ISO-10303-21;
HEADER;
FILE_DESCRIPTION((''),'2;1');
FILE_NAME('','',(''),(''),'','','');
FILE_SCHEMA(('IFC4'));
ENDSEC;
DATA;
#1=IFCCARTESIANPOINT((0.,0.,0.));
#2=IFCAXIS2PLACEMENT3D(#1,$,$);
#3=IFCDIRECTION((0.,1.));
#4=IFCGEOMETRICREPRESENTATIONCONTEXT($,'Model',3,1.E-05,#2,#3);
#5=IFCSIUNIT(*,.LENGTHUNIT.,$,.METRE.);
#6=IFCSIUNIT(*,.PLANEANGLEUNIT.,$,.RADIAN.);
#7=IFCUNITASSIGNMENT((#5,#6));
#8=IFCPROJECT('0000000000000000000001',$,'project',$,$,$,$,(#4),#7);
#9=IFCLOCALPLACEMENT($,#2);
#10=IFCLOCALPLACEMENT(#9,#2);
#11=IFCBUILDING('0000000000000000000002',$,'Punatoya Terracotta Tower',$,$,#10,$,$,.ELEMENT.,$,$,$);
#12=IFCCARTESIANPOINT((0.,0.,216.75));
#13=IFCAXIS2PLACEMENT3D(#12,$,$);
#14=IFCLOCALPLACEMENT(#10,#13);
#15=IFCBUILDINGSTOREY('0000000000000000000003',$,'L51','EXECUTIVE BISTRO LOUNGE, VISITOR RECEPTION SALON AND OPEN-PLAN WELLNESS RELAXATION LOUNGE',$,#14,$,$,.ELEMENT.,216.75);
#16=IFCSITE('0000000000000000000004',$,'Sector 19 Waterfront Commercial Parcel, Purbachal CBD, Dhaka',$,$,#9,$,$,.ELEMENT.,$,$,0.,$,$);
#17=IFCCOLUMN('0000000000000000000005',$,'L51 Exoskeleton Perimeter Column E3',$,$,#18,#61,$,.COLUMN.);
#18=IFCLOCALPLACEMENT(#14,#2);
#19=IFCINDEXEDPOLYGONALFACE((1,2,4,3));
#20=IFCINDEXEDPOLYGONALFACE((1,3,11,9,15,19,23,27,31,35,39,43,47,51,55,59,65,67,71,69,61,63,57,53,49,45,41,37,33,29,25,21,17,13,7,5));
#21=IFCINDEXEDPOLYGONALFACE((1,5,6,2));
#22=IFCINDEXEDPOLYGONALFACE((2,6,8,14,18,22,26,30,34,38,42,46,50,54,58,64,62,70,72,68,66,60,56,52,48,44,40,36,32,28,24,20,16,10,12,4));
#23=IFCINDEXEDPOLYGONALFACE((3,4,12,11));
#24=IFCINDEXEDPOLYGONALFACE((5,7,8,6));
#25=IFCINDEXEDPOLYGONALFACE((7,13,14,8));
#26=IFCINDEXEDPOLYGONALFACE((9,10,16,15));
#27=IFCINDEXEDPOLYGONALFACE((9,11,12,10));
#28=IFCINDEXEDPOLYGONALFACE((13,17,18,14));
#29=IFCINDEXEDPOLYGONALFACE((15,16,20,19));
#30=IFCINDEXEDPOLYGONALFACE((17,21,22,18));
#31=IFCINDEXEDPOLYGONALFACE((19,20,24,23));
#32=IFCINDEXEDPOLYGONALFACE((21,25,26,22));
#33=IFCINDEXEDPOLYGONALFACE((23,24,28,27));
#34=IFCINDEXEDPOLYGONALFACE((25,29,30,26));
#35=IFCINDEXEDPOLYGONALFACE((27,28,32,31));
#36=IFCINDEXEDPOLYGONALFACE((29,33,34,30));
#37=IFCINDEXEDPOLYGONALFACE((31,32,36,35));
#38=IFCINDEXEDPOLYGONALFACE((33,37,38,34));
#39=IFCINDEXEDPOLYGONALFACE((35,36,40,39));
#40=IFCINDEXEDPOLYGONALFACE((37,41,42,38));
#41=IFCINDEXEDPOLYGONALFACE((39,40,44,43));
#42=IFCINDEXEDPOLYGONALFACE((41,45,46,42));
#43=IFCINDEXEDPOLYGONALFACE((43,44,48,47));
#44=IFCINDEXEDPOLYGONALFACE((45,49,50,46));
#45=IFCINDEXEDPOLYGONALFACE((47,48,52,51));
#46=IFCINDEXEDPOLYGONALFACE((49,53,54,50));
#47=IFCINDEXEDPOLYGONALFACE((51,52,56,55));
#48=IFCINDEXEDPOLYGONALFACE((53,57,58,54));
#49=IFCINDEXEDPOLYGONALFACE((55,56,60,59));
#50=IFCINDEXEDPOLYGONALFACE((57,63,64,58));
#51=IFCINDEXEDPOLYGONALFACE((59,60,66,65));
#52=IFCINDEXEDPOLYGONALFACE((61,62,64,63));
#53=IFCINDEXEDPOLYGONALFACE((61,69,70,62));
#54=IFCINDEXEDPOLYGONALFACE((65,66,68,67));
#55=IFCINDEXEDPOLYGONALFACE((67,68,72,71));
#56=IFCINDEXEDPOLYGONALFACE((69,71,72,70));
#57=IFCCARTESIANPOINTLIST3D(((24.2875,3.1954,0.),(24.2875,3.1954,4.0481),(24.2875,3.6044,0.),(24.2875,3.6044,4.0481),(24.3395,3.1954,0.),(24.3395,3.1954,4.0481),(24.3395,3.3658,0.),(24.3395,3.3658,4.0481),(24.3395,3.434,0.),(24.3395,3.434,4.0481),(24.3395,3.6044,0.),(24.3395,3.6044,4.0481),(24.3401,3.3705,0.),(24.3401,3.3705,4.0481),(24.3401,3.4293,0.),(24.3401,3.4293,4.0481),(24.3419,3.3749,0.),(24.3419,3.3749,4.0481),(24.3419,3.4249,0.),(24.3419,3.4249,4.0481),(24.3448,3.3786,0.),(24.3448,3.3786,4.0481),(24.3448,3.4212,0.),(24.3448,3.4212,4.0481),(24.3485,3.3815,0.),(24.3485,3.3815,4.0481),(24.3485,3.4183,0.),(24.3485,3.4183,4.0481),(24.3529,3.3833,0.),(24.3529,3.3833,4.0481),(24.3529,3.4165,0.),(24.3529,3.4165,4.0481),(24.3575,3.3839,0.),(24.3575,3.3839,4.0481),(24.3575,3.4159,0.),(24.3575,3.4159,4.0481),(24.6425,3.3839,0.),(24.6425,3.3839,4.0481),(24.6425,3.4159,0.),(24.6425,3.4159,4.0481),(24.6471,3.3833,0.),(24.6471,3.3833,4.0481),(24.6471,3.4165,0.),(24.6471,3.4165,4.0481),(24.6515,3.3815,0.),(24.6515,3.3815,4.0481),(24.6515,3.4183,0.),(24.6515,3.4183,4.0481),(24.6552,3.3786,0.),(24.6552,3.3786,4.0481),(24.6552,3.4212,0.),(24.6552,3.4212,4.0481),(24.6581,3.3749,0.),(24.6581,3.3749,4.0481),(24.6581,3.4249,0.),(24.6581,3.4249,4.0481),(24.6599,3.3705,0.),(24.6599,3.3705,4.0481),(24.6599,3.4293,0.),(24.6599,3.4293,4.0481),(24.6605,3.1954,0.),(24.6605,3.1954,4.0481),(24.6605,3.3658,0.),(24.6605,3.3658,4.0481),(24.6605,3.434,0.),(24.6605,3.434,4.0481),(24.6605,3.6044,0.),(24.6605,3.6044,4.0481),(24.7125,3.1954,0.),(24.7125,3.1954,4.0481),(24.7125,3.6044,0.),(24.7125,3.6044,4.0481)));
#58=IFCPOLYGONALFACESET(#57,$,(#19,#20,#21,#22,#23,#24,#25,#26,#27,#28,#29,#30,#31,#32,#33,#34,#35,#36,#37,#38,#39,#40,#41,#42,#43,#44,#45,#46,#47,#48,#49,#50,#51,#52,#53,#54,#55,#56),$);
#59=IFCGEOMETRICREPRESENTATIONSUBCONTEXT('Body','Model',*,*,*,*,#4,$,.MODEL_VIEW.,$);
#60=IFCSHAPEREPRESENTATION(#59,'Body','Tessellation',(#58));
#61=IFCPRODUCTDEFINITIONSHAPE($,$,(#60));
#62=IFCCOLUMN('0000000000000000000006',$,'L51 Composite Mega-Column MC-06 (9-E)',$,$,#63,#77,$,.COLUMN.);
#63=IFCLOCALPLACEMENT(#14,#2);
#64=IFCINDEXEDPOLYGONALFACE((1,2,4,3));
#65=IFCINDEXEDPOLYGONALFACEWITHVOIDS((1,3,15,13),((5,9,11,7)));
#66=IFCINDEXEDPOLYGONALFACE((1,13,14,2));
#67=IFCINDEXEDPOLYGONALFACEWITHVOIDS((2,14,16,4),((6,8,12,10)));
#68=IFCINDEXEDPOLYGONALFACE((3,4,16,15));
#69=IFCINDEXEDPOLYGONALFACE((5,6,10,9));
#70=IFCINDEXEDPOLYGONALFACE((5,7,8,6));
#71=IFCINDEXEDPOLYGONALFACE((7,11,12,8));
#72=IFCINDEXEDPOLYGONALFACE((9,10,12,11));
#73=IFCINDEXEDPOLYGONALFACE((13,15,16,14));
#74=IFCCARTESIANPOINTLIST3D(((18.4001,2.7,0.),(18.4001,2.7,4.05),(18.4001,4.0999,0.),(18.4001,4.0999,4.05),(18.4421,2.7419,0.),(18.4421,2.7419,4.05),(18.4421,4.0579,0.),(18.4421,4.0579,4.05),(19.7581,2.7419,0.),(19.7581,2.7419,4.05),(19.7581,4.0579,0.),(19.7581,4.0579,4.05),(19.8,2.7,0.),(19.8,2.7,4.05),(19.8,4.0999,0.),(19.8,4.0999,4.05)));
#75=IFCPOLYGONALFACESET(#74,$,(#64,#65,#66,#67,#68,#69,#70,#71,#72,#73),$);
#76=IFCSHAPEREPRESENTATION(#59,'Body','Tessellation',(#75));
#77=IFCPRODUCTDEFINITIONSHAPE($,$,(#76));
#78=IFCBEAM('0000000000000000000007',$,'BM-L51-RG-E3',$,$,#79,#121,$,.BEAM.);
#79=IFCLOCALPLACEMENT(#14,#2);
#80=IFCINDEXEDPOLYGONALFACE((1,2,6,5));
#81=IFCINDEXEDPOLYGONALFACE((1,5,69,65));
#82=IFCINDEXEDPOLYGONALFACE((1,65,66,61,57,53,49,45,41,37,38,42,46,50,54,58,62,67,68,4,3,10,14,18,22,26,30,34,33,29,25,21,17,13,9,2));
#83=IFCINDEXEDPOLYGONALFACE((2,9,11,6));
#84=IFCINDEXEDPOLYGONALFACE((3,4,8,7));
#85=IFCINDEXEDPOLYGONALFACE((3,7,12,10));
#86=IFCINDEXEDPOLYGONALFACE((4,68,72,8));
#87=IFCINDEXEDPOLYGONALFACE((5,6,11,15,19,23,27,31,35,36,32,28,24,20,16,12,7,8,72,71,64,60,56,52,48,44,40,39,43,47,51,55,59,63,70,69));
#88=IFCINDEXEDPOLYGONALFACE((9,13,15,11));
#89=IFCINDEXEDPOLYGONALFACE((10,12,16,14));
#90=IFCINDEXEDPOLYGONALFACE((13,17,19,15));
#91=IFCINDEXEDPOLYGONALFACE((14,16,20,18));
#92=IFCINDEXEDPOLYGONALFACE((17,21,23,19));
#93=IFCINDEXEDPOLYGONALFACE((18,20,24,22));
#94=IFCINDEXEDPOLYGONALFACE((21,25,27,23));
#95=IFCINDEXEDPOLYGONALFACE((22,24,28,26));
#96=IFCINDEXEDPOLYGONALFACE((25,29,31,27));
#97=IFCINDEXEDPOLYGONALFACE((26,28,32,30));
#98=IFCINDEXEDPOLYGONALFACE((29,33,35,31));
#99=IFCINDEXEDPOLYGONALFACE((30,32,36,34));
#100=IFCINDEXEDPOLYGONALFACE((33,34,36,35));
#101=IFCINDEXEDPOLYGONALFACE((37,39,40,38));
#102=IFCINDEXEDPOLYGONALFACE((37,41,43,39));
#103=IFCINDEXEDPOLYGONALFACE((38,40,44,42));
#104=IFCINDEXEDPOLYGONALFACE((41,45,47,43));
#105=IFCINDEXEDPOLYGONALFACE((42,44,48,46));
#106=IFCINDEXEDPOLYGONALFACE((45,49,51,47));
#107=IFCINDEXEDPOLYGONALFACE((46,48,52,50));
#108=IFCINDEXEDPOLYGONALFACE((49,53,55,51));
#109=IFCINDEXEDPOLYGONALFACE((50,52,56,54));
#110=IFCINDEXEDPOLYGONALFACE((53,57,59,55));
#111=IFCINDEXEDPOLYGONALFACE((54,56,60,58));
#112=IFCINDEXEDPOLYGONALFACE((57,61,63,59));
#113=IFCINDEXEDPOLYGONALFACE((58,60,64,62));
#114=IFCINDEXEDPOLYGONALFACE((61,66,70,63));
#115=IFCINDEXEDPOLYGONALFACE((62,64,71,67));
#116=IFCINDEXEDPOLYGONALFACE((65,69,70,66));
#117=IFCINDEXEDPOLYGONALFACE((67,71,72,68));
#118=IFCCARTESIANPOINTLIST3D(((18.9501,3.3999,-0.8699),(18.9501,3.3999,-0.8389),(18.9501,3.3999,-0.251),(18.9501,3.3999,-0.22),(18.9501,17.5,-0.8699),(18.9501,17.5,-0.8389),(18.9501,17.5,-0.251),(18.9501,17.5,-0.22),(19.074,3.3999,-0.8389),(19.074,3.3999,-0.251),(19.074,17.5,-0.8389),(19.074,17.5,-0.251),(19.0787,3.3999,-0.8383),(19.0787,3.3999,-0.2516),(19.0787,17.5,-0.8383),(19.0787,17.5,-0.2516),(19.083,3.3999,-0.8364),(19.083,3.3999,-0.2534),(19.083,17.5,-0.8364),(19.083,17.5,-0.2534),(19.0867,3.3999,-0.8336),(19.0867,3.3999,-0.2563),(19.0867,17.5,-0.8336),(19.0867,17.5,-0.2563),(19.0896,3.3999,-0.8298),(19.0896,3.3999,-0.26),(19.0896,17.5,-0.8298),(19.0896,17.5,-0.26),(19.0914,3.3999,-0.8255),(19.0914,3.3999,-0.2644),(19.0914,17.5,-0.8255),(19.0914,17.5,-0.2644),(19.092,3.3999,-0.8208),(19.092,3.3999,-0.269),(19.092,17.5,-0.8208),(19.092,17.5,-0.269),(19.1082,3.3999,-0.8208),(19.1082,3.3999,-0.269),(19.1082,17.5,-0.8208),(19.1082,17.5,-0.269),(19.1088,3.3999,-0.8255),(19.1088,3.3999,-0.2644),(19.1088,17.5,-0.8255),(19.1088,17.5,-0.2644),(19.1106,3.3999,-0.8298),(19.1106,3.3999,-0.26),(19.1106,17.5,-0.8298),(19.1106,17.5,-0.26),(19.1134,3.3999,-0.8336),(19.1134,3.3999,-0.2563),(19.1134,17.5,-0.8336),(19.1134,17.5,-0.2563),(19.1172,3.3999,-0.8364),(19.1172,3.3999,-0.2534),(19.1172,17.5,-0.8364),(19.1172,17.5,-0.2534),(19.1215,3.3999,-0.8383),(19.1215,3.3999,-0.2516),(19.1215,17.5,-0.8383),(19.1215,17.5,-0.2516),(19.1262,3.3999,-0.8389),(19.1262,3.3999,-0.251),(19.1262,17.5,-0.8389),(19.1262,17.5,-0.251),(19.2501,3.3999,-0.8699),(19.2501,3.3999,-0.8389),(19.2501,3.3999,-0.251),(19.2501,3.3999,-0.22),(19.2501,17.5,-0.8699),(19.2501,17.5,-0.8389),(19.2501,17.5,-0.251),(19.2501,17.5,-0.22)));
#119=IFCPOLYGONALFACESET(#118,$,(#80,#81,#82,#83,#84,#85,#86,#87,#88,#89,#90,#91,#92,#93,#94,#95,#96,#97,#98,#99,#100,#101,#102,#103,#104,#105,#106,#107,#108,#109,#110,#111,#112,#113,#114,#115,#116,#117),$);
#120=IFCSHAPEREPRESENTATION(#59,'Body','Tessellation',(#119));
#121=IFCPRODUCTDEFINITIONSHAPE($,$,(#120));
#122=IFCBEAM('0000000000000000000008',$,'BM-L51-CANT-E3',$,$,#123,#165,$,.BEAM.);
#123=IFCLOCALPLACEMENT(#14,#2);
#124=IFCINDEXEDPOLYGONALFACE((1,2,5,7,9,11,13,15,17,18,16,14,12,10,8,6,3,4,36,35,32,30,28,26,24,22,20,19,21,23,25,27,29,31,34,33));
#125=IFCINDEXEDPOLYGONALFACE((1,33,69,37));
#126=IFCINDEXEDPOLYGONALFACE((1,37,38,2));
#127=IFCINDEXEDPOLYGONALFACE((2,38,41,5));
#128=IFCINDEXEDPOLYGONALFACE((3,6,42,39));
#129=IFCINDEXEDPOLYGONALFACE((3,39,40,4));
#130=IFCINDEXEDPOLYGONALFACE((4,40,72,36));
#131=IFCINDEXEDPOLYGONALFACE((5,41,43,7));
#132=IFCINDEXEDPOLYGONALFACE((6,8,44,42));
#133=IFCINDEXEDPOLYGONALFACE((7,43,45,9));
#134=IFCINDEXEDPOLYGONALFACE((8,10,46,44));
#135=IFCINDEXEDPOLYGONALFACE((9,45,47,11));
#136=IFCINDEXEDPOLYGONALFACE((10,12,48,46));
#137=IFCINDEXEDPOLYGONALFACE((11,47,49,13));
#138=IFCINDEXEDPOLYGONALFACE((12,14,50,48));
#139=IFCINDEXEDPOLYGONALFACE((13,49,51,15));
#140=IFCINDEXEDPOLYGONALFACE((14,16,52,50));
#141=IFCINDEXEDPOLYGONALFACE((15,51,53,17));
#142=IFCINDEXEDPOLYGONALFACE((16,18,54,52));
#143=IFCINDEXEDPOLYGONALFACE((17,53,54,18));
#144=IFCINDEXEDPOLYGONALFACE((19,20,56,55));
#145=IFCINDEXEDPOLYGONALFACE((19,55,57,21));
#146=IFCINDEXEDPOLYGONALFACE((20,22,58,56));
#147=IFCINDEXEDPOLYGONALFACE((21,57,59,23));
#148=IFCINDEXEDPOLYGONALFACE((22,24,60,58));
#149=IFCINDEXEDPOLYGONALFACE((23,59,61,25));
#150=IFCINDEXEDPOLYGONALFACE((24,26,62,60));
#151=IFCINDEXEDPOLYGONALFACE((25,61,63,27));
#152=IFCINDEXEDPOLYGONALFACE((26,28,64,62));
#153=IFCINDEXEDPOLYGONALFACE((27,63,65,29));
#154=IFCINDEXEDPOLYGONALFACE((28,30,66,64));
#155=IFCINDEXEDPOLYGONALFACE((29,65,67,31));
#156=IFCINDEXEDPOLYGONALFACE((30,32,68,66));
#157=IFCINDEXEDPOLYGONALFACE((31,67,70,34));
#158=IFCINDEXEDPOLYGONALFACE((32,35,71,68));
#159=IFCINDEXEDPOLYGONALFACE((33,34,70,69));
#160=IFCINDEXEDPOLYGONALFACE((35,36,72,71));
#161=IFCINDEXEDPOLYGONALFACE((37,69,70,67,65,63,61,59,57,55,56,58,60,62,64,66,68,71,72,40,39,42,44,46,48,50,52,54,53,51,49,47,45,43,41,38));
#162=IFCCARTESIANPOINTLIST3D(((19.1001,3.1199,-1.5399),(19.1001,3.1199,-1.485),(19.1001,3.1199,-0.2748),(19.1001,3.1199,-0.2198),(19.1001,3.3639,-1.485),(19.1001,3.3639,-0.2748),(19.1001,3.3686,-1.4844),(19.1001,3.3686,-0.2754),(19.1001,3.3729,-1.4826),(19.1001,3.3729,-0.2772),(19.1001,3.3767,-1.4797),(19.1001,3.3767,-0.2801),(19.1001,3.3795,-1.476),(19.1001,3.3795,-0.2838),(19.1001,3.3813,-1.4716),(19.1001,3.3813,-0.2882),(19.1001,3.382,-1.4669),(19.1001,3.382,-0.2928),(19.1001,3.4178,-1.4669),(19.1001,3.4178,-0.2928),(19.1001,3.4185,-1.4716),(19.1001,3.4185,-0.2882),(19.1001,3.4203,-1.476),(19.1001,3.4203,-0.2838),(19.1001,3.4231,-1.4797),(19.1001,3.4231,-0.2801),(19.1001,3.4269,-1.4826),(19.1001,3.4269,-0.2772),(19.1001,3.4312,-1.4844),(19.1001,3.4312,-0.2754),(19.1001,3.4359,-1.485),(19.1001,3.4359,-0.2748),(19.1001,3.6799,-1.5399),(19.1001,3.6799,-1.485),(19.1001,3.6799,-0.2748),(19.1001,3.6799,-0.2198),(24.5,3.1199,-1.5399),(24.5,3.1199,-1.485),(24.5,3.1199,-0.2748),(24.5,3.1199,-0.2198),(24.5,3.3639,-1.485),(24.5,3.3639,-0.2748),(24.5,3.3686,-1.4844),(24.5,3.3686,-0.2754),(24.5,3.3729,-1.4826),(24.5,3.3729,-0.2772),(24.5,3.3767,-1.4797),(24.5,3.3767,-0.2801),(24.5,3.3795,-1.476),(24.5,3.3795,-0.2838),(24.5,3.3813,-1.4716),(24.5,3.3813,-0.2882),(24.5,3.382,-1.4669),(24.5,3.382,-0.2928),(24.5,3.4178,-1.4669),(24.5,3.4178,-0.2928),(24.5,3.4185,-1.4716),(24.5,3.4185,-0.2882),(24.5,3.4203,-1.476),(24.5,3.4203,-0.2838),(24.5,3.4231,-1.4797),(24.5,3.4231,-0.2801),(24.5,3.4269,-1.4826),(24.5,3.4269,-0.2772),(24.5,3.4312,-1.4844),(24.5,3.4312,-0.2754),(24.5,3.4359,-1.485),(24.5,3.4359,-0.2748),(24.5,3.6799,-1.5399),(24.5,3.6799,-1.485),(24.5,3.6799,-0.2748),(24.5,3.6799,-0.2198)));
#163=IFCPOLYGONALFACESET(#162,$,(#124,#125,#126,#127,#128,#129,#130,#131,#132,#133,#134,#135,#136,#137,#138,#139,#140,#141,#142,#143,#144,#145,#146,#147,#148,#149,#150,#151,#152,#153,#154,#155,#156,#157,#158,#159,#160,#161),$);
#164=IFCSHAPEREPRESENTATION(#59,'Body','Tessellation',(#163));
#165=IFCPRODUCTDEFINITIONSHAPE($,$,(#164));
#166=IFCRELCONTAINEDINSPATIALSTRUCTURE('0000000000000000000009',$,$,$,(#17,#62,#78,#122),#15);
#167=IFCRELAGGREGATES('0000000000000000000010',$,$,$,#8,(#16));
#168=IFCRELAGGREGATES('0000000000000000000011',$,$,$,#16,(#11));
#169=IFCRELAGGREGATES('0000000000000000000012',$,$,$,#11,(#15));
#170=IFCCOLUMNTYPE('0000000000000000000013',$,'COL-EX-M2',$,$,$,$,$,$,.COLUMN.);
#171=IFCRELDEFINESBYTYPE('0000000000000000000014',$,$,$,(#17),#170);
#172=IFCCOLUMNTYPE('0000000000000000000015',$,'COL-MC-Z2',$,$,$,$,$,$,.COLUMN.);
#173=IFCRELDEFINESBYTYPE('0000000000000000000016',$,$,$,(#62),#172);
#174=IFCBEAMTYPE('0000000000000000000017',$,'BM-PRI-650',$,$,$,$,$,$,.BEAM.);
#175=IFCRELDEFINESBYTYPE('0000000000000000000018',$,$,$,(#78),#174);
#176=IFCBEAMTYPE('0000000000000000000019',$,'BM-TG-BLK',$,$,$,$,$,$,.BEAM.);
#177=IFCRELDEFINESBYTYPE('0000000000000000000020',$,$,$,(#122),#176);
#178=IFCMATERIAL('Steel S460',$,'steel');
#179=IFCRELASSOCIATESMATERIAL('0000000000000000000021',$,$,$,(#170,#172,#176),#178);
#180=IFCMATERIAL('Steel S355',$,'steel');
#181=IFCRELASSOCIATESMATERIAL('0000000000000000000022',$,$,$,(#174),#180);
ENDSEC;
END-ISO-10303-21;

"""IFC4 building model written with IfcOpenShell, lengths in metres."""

from ifc_helpers import new_model, si_unit, direction, frame, origin, origin_2d, place, context, subcontext, project, spatial, hollow_rectangle, i_section, extrude, material, material_profile, profile_set, type_object, element, save


model = new_model("IFC4")

# Units and contexts
model_context = context("Model", 3, precision=1e-05, world=origin(), true_north=direction((0.0, 1.0)))
body_context = subcontext(model_context, "Body", "Model", "MODEL_VIEW")
ifc_project = project(units=[si_unit("LENGTHUNIT", "METRE"), si_unit("PLANEANGLEUNIT", "RADIAN")], contexts=[model_context])

# Site, building, storey
site_placement = place(None, origin())
site = spatial("IfcSite", under=ifc_project, at=site_placement, Name="Sector 19 Waterfront Commercial Parcel, Purbachal CBD, Dhaka", CompositionType="ELEMENT", RefElevation=0.0)
building_placement = place(site_placement, origin())
building = spatial("IfcBuilding", under=site, at=building_placement, Name="Punatoya Terracotta Tower", CompositionType="ELEMENT")
storey_placement = place(building_placement, frame((0.0, 0.0, 216.75)))
storey = spatial("IfcBuildingStorey", under=building, at=storey_placement, Name="L51", Description="EXECUTIVE BISTRO LOUNGE, VISITOR RECEPTION SALON AND OPEN-PLAN WELLNESS RELAXATION LOUNGE", CompositionType="ELEMENT", Elevation=216.75)

# Columns
ifc_material_1 = material(Name="Steel S460", Category="steel")
ifc_material_profile_1 = material_profile(ifc_material_1, i_section(OverallWidth=0.4089, OverallDepth=0.425, WebThickness=0.032, FlangeThickness=0.052, FilletRadius=0.0181, at=origin_2d()))
ifc_profile_set_1 = profile_set([ifc_material_profile_1], Name="Steel S460")
column_type_1 = type_object("IfcColumnType", Name="COL-EX-M2", PredefinedType="COLUMN", material=ifc_profile_set_1)
column_1_placement = place(storey_placement, frame((24.5, 3.3999, 0.0), z_axis=(0.0, 0.0, 1.0), x_axis=(0.0, 1.0, 0.0)))
element("IfcColumn", 1, at=column_1_placement, inside=storey, type_object=column_type_1, Name="L51 Exoskeleton Perimeter Column E3", PredefinedType="COLUMN", context=body_context, shape_type="SweptSolid", body=[
    extrude(i_section(OverallWidth=0.4089, OverallDepth=0.425, WebThickness=0.032, FlangeThickness=0.052, FilletRadius=0.0181, at=origin_2d()), origin(), (0.0, 0.0, 1.0), 4.0481),
])
ifc_material_profile_2 = material_profile(ifc_material_1, hollow_rectangle(XDim=1.3999, YDim=1.3999, WallThickness=0.042, at=origin_2d()))
ifc_profile_set_2 = profile_set([ifc_material_profile_2], Name="Steel S460")
column_type_2 = type_object("IfcColumnType", Name="COL-MC-Z2", PredefinedType="COLUMN", material=ifc_profile_set_2)
column_2_placement = place(storey_placement, frame((19.1001, 3.3999, 0.0), z_axis=(0.0, 0.0, 1.0), x_axis=(1.0, 0.0, 0.0)))
element("IfcColumn", 2, at=column_2_placement, inside=storey, type_object=column_type_2, Name="L51 Composite Mega-Column MC-06 (9-E)", PredefinedType="COLUMN", context=body_context, shape_type="SweptSolid", body=[
    extrude(hollow_rectangle(XDim=1.3999, YDim=1.3999, WallThickness=0.042, at=origin_2d()), origin(), (0.0, 0.0, 1.0), 4.05),
])

# Beams
ifc_material_2 = material(Name="Steel S355", Category="steel")
ifc_material_profile_3 = material_profile(ifc_material_2, i_section(OverallWidth=0.3, OverallDepth=0.6499, WebThickness=0.0161, FlangeThickness=0.031, FilletRadius=0.0181, at=origin_2d()))
ifc_profile_set_3 = profile_set([ifc_material_profile_3], Name="Steel S355")
beam_type_1 = type_object("IfcBeamType", Name="BM-PRI-650", PredefinedType="BEAM", material=ifc_profile_set_3)
beam_1_placement = place(storey_placement, frame((19.1001, 3.3999, -0.5449), z_axis=(0.0, 1.0, 0.0), x_axis=(-1.0, 0.0, 0.0)))
element("IfcBeam", 3, at=beam_1_placement, inside=storey, type_object=beam_type_1, Name="BM-L51-RG-E3", PredefinedType="BEAM", context=body_context, shape_type="SweptSolid", body=[
    extrude(i_section(OverallWidth=0.3, OverallDepth=0.6499, WebThickness=0.0161, FlangeThickness=0.031, FilletRadius=0.0181, at=origin_2d()), origin(), (0.0, 0.0, 1.0), 14.1001),
])
ifc_material_profile_4 = material_profile(ifc_material_1, i_section(OverallWidth=0.5601, OverallDepth=1.3201, WebThickness=0.0359, FlangeThickness=0.0549, FilletRadius=0.0181, at=origin_2d()))
ifc_profile_set_4 = profile_set([ifc_material_profile_4], Name="Steel S460")
beam_type_2 = type_object("IfcBeamType", Name="BM-TG-BLK", PredefinedType="BEAM", material=ifc_profile_set_4)
beam_2_placement = place(storey_placement, frame((19.1001, 3.3999, -0.8799), z_axis=(1.0, 0.0, 0.0), x_axis=(0.0, 1.0, 0.0)))
element("IfcBeam", 4, at=beam_2_placement, inside=storey, type_object=beam_type_2, Name="BM-L51-CANT-E3", PredefinedType="BEAM", context=body_context, shape_type="SweptSolid", body=[
    extrude(i_section(OverallWidth=0.5601, OverallDepth=1.3201, WebThickness=0.0359, FlangeThickness=0.0549, FilletRadius=0.0181, at=origin_2d()), origin(), (0.0, 0.0, 1.0), 5.3999),
])

save(model, "model.ifc")
